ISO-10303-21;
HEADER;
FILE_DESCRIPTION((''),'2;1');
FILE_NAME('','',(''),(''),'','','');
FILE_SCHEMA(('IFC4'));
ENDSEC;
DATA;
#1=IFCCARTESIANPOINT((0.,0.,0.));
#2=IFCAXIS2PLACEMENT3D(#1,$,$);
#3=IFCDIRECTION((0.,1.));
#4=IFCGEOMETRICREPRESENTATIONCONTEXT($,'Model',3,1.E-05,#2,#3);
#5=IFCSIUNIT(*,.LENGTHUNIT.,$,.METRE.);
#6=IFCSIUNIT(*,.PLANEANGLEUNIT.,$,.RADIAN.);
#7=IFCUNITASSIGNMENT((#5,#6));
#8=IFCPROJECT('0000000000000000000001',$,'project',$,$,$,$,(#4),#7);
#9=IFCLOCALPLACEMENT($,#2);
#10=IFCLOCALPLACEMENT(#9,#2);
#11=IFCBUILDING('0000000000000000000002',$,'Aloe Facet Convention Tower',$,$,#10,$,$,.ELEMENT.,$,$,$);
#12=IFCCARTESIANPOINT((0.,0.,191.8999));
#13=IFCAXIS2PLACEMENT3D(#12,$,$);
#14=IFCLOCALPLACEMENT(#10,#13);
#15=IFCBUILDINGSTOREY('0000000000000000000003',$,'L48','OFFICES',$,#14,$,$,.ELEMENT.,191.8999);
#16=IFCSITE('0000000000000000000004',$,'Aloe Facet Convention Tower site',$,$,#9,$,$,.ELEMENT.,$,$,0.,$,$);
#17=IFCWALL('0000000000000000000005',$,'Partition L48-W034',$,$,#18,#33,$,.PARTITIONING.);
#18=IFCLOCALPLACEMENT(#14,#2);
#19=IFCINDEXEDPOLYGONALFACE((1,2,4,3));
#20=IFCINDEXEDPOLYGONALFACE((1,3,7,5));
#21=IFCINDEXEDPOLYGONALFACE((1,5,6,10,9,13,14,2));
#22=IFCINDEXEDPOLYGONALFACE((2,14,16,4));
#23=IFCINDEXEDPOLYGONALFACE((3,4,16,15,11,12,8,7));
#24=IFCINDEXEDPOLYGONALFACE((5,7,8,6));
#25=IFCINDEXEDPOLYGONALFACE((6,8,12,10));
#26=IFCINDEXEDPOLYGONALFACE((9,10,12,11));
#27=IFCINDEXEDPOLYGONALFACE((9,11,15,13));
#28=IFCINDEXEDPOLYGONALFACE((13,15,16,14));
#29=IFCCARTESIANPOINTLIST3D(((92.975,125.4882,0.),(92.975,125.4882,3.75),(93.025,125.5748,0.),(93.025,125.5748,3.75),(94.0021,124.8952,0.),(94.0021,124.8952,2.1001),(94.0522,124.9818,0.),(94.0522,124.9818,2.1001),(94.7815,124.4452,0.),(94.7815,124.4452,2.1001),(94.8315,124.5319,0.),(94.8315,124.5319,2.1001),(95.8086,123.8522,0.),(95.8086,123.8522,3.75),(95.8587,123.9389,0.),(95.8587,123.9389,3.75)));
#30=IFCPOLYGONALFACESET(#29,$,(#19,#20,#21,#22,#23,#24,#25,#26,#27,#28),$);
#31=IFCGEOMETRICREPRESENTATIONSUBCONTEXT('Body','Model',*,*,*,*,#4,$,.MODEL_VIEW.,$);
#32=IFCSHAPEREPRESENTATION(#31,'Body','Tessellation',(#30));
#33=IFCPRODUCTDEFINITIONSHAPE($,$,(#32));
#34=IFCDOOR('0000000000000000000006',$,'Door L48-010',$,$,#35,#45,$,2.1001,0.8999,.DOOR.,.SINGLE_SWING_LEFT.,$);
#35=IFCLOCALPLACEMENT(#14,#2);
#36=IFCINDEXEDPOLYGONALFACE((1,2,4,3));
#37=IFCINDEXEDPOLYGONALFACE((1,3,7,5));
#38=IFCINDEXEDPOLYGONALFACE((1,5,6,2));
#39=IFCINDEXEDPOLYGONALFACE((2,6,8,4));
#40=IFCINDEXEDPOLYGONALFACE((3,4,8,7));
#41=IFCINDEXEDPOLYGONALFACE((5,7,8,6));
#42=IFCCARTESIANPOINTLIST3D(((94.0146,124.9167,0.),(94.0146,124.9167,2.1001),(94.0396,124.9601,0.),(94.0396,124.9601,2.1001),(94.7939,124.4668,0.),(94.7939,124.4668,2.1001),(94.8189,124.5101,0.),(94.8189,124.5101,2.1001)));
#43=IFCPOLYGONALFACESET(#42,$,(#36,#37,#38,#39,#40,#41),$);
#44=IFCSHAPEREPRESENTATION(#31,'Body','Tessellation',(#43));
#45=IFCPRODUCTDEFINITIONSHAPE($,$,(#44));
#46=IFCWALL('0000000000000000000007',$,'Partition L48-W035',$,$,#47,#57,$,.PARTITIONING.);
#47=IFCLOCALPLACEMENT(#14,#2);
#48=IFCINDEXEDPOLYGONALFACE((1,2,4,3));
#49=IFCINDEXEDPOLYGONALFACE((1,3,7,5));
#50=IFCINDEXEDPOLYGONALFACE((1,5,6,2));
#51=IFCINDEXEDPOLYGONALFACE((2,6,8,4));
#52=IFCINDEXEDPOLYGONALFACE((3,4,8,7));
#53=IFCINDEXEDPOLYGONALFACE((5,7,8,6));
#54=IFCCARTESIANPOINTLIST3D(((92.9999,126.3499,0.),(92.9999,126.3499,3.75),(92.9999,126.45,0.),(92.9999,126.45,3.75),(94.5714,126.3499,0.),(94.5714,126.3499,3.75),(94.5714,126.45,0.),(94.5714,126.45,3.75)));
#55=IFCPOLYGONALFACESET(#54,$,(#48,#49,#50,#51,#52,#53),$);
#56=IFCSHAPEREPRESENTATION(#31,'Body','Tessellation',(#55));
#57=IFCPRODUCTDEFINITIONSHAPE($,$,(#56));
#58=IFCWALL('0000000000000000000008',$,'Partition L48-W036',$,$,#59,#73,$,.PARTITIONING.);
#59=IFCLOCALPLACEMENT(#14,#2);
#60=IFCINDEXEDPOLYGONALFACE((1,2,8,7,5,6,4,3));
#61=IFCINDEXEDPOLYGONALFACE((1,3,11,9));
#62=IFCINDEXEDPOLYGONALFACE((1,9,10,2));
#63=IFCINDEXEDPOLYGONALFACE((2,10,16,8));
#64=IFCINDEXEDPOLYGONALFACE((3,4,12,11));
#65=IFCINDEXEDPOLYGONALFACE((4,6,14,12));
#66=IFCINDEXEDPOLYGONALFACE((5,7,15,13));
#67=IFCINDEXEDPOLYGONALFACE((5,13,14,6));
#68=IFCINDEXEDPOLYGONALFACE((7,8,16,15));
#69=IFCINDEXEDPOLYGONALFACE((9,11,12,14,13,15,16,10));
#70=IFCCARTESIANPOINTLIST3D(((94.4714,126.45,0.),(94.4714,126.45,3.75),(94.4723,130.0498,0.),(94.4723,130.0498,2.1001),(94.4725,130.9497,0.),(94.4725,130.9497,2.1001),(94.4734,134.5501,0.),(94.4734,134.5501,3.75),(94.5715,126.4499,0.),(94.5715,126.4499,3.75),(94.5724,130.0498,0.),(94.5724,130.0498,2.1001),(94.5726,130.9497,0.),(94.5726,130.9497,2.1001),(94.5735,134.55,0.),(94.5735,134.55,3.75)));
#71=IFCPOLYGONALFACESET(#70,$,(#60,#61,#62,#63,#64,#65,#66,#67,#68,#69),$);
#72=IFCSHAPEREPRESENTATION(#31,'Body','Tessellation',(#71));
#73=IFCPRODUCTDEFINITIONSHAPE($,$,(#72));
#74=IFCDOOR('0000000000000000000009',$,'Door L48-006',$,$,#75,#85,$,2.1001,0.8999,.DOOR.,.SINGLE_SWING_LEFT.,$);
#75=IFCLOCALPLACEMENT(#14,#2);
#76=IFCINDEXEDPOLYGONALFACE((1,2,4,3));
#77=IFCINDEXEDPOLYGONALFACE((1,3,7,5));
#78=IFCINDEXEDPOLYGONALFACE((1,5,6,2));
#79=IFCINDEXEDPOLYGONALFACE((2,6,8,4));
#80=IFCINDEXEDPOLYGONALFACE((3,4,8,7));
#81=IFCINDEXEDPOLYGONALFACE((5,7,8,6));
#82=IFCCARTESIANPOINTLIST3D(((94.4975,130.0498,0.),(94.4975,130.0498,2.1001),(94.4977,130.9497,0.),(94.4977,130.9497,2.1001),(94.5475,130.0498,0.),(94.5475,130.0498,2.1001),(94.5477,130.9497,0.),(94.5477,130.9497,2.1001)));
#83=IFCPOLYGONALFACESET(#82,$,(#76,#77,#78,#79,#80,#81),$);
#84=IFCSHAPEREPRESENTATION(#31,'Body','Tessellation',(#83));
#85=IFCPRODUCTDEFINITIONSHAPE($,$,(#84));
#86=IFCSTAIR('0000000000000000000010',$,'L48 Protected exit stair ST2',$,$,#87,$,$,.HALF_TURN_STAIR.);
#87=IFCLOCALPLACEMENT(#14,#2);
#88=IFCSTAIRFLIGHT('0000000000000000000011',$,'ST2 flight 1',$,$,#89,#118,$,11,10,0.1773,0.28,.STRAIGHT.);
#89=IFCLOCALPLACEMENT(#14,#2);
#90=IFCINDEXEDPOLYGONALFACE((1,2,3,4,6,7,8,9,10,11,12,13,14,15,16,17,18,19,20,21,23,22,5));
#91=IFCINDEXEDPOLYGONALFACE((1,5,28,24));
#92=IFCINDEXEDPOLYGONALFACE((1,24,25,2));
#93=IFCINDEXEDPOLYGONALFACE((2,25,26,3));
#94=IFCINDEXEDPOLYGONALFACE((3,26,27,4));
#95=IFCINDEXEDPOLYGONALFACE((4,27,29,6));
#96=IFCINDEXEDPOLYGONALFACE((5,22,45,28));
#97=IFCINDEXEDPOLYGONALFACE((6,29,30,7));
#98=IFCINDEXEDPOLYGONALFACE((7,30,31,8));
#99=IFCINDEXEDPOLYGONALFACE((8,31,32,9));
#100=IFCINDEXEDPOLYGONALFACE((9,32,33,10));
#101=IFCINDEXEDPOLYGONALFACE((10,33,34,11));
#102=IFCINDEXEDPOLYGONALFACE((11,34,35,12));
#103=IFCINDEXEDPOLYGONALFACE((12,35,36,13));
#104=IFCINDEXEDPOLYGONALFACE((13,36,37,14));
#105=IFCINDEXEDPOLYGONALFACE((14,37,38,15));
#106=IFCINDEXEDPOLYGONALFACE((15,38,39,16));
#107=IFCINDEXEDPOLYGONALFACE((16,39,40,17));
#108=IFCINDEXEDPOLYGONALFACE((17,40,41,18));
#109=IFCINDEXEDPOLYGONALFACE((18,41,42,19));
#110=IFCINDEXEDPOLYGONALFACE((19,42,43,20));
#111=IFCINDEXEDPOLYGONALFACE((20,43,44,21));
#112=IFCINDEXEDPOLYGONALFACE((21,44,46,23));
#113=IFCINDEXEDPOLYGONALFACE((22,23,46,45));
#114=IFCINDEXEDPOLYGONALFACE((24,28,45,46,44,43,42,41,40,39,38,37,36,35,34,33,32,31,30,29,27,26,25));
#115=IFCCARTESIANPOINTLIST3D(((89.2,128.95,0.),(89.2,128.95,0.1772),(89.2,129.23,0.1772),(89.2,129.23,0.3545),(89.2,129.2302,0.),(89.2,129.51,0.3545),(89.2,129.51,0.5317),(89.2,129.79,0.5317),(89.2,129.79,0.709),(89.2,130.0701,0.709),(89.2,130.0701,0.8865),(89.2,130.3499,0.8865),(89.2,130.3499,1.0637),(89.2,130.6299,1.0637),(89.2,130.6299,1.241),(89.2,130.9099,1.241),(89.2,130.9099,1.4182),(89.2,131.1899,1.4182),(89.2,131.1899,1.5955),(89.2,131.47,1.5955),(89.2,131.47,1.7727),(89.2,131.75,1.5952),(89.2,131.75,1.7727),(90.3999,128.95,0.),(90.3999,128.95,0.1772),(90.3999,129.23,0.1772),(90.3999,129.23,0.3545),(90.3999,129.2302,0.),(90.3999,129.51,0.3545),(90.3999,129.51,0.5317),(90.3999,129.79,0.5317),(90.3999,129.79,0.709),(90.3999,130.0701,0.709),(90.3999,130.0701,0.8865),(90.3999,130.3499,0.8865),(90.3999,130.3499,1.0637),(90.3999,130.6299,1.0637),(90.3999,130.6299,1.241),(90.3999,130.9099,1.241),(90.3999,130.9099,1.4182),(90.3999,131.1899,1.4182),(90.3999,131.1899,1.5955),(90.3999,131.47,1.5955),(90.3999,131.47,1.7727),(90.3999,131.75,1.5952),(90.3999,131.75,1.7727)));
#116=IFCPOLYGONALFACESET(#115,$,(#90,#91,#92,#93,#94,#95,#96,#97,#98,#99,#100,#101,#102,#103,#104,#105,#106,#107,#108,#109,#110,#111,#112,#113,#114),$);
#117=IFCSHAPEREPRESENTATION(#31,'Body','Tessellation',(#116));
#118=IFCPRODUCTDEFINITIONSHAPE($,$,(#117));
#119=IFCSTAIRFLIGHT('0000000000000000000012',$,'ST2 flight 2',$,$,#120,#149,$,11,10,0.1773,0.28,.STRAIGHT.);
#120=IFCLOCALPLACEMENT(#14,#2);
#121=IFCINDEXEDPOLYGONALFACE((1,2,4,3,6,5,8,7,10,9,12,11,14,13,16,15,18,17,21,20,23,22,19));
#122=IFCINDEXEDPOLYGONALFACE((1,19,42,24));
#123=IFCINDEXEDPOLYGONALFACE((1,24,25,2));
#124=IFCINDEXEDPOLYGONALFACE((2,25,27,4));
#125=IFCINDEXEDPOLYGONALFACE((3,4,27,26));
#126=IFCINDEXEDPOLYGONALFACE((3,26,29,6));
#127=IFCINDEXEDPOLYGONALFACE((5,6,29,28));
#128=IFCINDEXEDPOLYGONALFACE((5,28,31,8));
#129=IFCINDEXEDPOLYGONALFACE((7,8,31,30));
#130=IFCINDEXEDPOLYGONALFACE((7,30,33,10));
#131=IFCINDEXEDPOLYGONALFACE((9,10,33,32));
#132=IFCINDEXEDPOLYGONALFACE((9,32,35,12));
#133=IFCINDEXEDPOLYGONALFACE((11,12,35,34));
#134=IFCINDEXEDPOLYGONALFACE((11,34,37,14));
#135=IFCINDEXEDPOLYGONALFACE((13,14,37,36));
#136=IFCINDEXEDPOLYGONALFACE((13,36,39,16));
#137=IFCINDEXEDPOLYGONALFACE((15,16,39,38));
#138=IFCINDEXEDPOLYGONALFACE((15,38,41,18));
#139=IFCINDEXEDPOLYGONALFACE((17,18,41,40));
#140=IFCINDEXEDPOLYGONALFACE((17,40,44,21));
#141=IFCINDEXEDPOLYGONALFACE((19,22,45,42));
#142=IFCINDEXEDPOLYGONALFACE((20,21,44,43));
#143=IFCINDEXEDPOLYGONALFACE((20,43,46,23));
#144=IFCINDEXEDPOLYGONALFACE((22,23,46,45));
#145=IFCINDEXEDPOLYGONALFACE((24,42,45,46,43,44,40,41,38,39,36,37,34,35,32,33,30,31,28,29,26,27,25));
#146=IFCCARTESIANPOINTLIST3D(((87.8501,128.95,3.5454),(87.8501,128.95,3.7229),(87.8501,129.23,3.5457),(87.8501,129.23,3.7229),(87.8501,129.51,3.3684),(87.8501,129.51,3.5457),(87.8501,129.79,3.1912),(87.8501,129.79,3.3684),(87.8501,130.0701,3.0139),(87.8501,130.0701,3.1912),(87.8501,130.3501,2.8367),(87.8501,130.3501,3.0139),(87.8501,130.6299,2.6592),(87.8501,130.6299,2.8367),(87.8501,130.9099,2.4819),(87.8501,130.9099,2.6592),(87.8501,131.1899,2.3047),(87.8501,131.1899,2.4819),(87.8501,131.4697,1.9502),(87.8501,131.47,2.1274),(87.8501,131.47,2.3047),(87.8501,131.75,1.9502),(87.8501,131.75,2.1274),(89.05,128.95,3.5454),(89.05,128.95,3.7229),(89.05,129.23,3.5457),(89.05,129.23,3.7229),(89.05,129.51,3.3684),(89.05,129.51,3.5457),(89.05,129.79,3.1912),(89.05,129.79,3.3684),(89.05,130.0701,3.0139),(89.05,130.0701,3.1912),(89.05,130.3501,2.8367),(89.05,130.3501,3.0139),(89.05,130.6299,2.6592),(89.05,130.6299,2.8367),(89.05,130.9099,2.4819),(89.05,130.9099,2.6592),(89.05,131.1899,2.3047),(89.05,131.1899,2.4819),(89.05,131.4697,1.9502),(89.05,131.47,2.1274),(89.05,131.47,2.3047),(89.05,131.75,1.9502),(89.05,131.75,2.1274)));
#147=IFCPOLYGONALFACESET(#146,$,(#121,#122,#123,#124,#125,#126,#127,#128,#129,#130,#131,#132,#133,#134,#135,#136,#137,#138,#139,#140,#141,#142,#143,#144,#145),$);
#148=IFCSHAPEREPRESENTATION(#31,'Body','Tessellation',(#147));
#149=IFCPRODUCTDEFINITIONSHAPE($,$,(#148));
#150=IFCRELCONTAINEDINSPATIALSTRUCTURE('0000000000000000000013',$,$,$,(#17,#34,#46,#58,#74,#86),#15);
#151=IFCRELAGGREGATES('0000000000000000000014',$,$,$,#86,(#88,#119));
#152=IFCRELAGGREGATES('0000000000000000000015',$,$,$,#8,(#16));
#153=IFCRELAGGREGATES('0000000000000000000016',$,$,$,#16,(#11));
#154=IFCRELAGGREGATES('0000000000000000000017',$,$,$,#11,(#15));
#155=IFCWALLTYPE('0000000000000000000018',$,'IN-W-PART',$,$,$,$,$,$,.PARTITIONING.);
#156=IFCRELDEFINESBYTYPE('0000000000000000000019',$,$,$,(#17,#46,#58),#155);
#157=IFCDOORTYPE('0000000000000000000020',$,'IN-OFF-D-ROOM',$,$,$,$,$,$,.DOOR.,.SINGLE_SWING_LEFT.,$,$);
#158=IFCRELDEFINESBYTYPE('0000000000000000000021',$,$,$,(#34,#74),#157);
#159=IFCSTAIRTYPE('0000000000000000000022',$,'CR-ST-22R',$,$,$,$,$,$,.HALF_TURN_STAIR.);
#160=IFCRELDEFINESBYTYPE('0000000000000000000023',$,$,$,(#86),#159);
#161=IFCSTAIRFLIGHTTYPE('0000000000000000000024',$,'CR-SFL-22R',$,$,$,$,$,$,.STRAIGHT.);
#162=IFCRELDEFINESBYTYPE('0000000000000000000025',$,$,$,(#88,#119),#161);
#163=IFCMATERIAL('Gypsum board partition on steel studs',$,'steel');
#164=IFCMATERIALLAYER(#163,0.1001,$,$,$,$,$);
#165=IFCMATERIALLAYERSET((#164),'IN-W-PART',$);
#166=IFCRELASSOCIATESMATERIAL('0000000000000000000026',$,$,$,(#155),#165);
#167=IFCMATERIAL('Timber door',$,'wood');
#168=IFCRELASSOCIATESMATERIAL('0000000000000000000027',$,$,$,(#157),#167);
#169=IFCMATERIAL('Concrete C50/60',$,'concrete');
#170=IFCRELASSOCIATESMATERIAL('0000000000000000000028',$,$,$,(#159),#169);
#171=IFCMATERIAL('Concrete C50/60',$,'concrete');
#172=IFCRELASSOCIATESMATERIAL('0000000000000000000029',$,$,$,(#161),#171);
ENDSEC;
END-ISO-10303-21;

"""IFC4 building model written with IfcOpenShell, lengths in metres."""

from ifc_helpers import new_model, si_unit, direction, frame, frame_2d, origin, place, context, subcontext, project, spatial, polyline, rectangle, outline, extrude, material, layer, layer_set, type_object, element, fill, aggregate, save


model = new_model("IFC4")

# Units and contexts
model_context = context("Model", 3, precision=1e-05, world=origin(), true_north=direction((0.0, 1.0)))
body_context = subcontext(model_context, "Body", "Model", "MODEL_VIEW")
ifc_project = project(units=[si_unit("LENGTHUNIT", "METRE"), si_unit("PLANEANGLEUNIT", "RADIAN")], contexts=[model_context])

# Site, building, storey
site_placement = place(None, origin())
site = spatial("IfcSite", under=ifc_project, at=site_placement, Name="Aloe Facet Convention Tower site", CompositionType="ELEMENT", RefElevation=0.0)
building_placement = place(site_placement, origin())
building = spatial("IfcBuilding", under=site, at=building_placement, Name="Aloe Facet Convention Tower", CompositionType="ELEMENT")
storey_placement = place(building_placement, frame((0.0, 0.0, 191.8999)))
storey = spatial("IfcBuildingStorey", under=building, at=storey_placement, Name="L48", Description="OFFICES", CompositionType="ELEMENT", Elevation=191.8999)

# Wall, opening, door
ifc_material_1 = material(Name="Gypsum board partition on steel studs", Category="steel")
ifc_layer_1 = layer(ifc_material_1, 0.1001)
ifc_layer_set_1 = layer_set([ifc_layer_1], Name="IN-W-PART")
wall_type_1 = type_object("IfcWallType", Name="IN-W-PART", PredefinedType="PARTITIONING", material=ifc_layer_set_1)
wall_1_placement = place(storey_placement, frame((93.0, 125.5315, 0.0), z_axis=(0.0, 0.0, 1.0), x_axis=(0.866035, -0.499983, 0.0)))
wall_1 = element("IfcWall", 1, at=wall_1_placement, inside=storey, type_object=wall_type_1, Name="Partition L48-W034", PredefinedType="PARTITIONING", context=body_context, shape_type="SweptSolid", body=[
    extrude(rectangle(XDim=3.272, YDim=0.1001, at=frame_2d((1.636, 0.0))), origin(), (0.0, 0.0, 1.0), 3.75),
])
opening_1_placement = place(wall_1_placement, frame((1.186, 0.0, 0.0)))
opening_1 = element("IfcOpeningElement", 2, at=opening_1_placement, cuts=wall_1, PredefinedType="OPENING", context=body_context, shape_type="SweptSolid", body=[
    extrude(rectangle(XDim=0.8999, YDim=2.1001, at=frame_2d((0.45, 1.05))), frame((0.0, 0.0601, 0.0), z_axis=(0.0, -1.0, 0.0), x_axis=(1.0, 0.0, 0.0)), (0.0, 0.0, 1.0), 0.1201),
])
ifc_material_2 = material(Name="Timber door", Category="wood")
door_type = type_object("IfcDoorType", Name="IN-OFF-D-ROOM", OperationType="SINGLE_SWING_LEFT", PredefinedType="DOOR", material=ifc_material_2)
door_1_placement = place(opening_1_placement, origin())
door_1 = element("IfcDoor", 3, at=door_1_placement, inside=storey, type_object=door_type, Name="Door L48-010", OperationType="SINGLE_SWING_LEFT", OverallHeight=2.1001, OverallWidth=0.8999, PredefinedType="DOOR", context=body_context, shape_type="SweptSolid", body=[
    extrude(rectangle(XDim=0.8999, YDim=2.1001, at=frame_2d((0.45, 1.05))), frame((0.0, 0.0249, 0.0), z_axis=(0.0, -1.0, 0.0), x_axis=(1.0, 0.0, 0.0)), (0.0, 0.0, 1.0), 0.05),
])
fill(opening_1, door_1)

# Wall
wall_2_placement = place(storey_placement, frame((93.0, 126.3999, 0.0), z_axis=(0.0, 0.0, 1.0), x_axis=(1.0, 0.0, 0.0)))
element("IfcWall", 4, at=wall_2_placement, inside=storey, type_object=wall_type_1, Name="Partition L48-W035", PredefinedType="PARTITIONING", context=body_context, shape_type="SweptSolid", body=[
    extrude(rectangle(XDim=1.5715, YDim=0.1001, at=frame_2d((0.7856, 0.0))), origin(), (0.0, 0.0, 1.0), 3.75),
])

# Wall, opening, door
wall_3_placement = place(storey_placement, frame((94.5215, 126.45, 0.0), z_axis=(0.0, 0.0, 1.0), x_axis=(0.000241, 1.0, 0.0)))
wall_3 = element("IfcWall", 5, at=wall_3_placement, inside=storey, type_object=wall_type_1, Name="Partition L48-W036", PredefinedType="PARTITIONING", context=body_context, shape_type="SweptSolid", body=[
    extrude(rectangle(XDim=8.1001, YDim=0.1001, at=frame_2d((4.05, 0.0))), origin(), (0.0, 0.0, 1.0), 3.75),
])
opening_2_placement = place(wall_3_placement, frame((3.5999, 0.0, 0.0)))
opening_2 = element("IfcOpeningElement", 6, at=opening_2_placement, cuts=wall_3, PredefinedType="OPENING", context=body_context, shape_type="SweptSolid", body=[
    extrude(rectangle(XDim=0.8999, YDim=2.1001, at=frame_2d((0.45, 1.05))), frame((0.0, 0.0601, 0.0), z_axis=(0.0, -1.0, 0.0), x_axis=(1.0, 0.0, 0.0)), (0.0, 0.0, 1.0), 0.1201),
])
door_2_placement = place(opening_2_placement, origin())
door_2 = element("IfcDoor", 7, at=door_2_placement, inside=storey, type_object=door_type, Name="Door L48-006", OperationType="SINGLE_SWING_LEFT", OverallHeight=2.1001, OverallWidth=0.8999, PredefinedType="DOOR", context=body_context, shape_type="SweptSolid", body=[
    extrude(rectangle(XDim=0.8999, YDim=2.1001, at=frame_2d((0.45, 1.05))), frame((0.0, 0.0249, 0.0), z_axis=(0.0, -1.0, 0.0), x_axis=(1.0, 0.0, 0.0)), (0.0, 0.0, 1.0), 0.05),
])
fill(opening_2, door_2)

# Stair, stair flights
ifc_material_3 = material(Name="Concrete C50/60", Category="concrete")
stair_type = type_object("IfcStairType", Name="CR-ST-22R", PredefinedType="HALF_TURN_STAIR", material=ifc_material_3)
stair_placement = place(storey_placement, origin())
stair = element("IfcStair", 8, at=stair_placement, inside=storey, type_object=stair_type, Name="L48 Protected exit stair ST2", PredefinedType="HALF_TURN_STAIR")
ifc_material_4 = material(Name="Concrete C50/60", Category="concrete")
stair_flight_type = type_object("IfcStairFlightType", Name="CR-SFL-22R", PredefinedType="STRAIGHT", material=ifc_material_4)
stair_flight_1_placement = place(storey_placement, frame((89.8, 128.95, 0.0), z_axis=(0.0, 0.0, 1.0), x_axis=(0.0, 1.0, 0.0)))
stair_flight_1 = element("IfcStairFlight", 9, at=stair_flight_1_placement, type_object=stair_flight_type, Name="ST2 flight 1", NumberOfRisers=11, NumberOfTreads=10, PredefinedType="STRAIGHT", RiserHeight=0.1773, TreadLength=0.28, context=body_context, shape_type="SweptSolid", body=[
    extrude(outline(polyline([(0.0, 0.0), (0.0, 0.1772), (0.28, 0.1772), (0.28, 0.3545), (0.5601, 0.3545), (0.5601, 0.5317), (0.8401, 0.5317), (0.8401, 0.709), (1.1201, 0.709), (1.1201, 0.8865), (1.3999, 0.8865), (1.3999, 1.0637), (1.6799, 1.0637), (1.6799, 1.241), (1.96, 1.241), (1.96, 1.4182), (2.24, 1.4182), (2.24, 1.5955), (2.52, 1.5955), (2.52, 1.7727), (2.8, 1.7727), (2.8, 1.95), (2.8, 1.5952), (0.2803, 0.0), (0.0, 0.0)])), frame((0.0, 0.6001, 0.0), z_axis=(0.0, -1.0, 0.0), x_axis=(1.0, 0.0, 0.0)), (0.0, 0.0, 1.0), 1.2),
])
stair_flight_2_placement = place(storey_placement, frame((88.45, 131.75, 1.9502), z_axis=(0.0, 0.0, 1.0), x_axis=(0.0, -1.0, 0.0)))
stair_flight_2 = element("IfcStairFlight", 10, at=stair_flight_2_placement, type_object=stair_flight_type, Name="ST2 flight 2", NumberOfRisers=11, NumberOfTreads=10, PredefinedType="STRAIGHT", RiserHeight=0.1773, TreadLength=0.28, context=body_context, shape_type="SweptSolid", body=[
    extrude(outline(polyline([(0.0, 0.0), (0.0, 0.1772), (0.28, 0.1772), (0.28, 0.3545), (0.5601, 0.3545), (0.5601, 0.5317), (0.8401, 0.5317), (0.8401, 0.709), (1.1201, 0.709), (1.1201, 0.8865), (1.3999, 0.8865), (1.3999, 1.0637), (1.6799, 1.0637), (1.6799, 1.241), (1.96, 1.241), (1.96, 1.4182), (2.24, 1.4182), (2.24, 1.5955), (2.52, 1.5955), (2.52, 1.7727), (2.8, 1.7727), (2.8, 1.95), (2.8, 1.5952), (0.2803, 0.0), (0.0, 0.0)])), frame((0.0, 0.6001, 0.0), z_axis=(0.0, -1.0, 0.0), x_axis=(1.0, 0.0, 0.0)), (0.0, 0.0, 1.0), 1.2),
])
aggregate(stair, [stair_flight_1, stair_flight_2])

save(model, "model.ifc")
